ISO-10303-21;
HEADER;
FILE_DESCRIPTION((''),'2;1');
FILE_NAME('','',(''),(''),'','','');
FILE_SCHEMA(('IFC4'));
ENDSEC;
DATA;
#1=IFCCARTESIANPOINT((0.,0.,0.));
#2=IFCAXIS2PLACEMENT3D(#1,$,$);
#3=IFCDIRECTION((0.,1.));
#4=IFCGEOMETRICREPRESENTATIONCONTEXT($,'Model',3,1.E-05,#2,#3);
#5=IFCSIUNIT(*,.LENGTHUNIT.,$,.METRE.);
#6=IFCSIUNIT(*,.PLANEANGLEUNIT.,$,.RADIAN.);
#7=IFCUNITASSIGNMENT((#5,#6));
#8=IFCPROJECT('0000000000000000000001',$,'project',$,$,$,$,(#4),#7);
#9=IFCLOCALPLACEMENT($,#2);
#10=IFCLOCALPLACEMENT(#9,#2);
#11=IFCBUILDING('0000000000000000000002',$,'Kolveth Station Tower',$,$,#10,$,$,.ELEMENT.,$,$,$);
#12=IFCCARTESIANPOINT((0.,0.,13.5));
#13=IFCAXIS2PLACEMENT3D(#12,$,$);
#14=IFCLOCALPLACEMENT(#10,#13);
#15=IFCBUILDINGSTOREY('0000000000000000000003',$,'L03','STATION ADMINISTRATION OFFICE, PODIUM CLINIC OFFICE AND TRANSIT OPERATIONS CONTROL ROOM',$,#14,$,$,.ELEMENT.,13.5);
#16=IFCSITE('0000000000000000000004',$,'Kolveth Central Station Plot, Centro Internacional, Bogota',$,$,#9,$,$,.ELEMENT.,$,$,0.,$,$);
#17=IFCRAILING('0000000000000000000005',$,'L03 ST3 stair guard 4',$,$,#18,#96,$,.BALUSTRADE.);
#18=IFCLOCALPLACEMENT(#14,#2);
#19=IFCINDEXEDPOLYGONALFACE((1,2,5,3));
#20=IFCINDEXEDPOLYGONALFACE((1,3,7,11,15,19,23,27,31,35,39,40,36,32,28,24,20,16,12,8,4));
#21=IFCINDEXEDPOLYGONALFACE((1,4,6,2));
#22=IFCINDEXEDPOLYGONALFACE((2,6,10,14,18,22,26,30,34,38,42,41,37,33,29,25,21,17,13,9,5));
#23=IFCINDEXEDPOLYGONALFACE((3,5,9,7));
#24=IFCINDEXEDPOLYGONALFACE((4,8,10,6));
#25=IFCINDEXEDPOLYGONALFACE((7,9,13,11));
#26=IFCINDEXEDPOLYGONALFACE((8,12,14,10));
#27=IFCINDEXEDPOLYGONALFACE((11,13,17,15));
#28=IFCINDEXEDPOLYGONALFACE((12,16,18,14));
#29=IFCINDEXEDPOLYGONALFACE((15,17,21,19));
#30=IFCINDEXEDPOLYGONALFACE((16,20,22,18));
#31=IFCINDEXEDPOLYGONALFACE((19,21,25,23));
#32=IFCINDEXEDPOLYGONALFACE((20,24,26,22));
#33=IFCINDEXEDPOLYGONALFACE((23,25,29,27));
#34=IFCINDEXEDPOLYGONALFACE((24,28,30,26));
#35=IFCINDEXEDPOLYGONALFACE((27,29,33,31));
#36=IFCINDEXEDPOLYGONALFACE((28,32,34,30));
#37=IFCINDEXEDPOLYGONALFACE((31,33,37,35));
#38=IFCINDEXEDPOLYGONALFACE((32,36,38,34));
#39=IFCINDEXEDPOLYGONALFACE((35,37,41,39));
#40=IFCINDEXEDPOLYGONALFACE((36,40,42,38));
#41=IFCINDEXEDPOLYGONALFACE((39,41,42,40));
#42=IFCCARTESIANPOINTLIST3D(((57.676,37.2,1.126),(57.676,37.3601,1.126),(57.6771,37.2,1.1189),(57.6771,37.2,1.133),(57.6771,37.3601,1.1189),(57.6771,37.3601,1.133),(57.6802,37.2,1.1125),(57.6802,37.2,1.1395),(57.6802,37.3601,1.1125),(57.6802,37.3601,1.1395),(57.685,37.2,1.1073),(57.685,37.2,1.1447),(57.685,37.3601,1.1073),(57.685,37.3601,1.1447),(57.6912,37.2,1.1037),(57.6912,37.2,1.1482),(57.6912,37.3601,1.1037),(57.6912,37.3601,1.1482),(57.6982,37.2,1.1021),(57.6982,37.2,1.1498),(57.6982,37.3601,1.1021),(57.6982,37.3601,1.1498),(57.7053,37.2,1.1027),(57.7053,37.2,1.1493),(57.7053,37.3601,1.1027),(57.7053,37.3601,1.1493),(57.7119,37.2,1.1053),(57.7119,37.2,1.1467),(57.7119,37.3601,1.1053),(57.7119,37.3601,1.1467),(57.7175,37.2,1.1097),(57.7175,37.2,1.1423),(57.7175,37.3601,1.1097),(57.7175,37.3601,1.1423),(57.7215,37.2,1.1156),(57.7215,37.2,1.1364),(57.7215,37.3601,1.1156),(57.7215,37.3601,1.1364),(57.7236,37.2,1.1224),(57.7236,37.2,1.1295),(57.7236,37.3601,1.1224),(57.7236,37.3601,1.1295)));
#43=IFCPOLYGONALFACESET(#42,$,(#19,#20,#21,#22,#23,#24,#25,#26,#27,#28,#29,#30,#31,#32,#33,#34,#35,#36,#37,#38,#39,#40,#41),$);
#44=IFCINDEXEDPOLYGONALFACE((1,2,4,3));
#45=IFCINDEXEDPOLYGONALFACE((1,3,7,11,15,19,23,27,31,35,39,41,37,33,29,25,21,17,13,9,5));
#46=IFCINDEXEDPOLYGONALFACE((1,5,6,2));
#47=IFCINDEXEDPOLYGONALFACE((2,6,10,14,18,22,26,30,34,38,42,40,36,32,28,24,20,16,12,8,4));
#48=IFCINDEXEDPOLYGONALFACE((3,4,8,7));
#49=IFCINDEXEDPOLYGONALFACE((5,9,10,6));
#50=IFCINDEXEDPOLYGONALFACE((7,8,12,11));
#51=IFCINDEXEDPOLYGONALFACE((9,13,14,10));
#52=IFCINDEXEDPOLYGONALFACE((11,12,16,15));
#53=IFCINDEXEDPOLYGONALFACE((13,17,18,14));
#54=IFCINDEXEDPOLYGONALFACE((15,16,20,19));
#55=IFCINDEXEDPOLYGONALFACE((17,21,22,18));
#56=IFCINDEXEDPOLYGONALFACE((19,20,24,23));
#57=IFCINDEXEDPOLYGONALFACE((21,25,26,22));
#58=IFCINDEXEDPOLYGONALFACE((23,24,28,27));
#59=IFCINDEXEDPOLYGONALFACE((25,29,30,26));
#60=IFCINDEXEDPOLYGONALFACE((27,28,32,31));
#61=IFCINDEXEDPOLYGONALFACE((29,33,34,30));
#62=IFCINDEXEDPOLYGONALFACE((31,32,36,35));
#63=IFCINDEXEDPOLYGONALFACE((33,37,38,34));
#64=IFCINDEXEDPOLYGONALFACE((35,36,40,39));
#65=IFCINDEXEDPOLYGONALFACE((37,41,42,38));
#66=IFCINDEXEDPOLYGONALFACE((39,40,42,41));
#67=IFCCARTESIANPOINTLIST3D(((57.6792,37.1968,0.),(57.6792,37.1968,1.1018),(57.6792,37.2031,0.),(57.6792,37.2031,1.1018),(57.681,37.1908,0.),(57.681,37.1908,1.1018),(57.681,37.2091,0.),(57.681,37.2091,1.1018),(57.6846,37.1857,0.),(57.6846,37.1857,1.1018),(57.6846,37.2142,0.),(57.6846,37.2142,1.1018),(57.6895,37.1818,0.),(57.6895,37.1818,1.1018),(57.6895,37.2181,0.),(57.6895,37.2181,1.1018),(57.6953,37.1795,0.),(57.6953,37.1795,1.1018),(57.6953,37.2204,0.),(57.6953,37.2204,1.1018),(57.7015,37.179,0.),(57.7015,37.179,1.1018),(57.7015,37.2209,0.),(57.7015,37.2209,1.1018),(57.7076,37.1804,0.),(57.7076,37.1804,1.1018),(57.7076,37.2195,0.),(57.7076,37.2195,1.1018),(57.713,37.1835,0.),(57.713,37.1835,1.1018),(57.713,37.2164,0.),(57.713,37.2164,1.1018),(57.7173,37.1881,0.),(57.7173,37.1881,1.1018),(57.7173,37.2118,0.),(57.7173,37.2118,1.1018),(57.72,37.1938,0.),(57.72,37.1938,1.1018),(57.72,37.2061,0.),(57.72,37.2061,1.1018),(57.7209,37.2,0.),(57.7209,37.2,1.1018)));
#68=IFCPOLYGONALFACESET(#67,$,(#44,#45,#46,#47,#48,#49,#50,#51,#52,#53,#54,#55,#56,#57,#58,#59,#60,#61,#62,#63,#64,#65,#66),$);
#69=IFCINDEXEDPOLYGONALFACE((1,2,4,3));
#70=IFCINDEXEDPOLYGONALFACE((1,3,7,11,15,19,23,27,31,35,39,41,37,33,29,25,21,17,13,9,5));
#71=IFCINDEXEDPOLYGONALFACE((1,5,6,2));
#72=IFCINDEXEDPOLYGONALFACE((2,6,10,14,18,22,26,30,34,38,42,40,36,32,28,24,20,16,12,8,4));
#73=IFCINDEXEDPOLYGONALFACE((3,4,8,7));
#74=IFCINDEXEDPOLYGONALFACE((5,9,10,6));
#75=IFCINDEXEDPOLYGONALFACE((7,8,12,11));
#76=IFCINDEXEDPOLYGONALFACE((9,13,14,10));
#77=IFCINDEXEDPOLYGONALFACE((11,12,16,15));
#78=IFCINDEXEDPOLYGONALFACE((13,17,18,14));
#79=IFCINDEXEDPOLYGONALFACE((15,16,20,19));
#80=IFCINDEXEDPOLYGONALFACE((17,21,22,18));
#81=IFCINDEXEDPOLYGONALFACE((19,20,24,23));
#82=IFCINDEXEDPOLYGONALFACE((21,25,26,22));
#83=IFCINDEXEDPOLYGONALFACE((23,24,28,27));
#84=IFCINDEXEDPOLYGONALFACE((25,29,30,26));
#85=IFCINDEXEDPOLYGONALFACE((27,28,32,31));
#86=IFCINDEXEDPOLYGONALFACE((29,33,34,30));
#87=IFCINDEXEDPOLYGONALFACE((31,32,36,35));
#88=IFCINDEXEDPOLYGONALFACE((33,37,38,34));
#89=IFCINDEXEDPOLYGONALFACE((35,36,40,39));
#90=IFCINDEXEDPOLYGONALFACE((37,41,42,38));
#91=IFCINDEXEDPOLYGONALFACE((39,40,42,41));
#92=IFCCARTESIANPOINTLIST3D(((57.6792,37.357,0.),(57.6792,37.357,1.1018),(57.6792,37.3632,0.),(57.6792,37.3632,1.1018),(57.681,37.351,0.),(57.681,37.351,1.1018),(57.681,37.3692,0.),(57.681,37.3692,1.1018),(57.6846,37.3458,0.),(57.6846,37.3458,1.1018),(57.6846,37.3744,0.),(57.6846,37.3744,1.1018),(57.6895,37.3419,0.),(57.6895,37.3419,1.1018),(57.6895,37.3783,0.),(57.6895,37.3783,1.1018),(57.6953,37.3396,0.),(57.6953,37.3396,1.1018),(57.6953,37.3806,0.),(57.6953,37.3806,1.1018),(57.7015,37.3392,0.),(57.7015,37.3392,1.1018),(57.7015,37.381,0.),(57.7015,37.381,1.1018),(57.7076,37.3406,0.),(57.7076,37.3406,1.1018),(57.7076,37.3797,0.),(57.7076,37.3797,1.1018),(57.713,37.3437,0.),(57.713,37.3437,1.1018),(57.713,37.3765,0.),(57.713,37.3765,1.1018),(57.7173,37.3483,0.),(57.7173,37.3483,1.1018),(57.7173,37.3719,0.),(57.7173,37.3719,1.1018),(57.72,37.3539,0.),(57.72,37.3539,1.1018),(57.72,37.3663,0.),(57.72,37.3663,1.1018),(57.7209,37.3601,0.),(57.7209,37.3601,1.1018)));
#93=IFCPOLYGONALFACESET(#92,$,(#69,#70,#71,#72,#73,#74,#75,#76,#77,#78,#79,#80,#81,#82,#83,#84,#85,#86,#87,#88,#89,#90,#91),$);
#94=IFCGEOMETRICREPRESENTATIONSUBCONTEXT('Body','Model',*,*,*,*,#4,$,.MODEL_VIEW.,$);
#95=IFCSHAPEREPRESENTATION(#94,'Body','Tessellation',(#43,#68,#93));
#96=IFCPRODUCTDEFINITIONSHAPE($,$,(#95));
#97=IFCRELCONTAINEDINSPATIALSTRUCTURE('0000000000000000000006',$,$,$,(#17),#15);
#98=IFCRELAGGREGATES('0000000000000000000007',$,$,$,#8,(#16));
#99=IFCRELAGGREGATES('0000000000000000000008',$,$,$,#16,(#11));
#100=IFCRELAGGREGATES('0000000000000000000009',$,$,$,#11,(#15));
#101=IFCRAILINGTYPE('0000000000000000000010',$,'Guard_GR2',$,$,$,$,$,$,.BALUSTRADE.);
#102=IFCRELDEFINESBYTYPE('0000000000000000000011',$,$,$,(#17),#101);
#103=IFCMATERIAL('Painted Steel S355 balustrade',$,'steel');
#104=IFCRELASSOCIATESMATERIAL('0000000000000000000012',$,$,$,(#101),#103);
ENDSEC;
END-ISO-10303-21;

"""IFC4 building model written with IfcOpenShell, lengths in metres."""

from ifc_helpers import new_model, si_unit, direction, frame, origin, origin_2d, place, context, subcontext, project, spatial, circle, extrude, material, type_object, element, save


model = new_model("IFC4")

# Units and contexts
model_context = context("Model", 3, precision=1e-05, world=origin(), true_north=direction((0.0, 1.0)))
body_context = subcontext(model_context, "Body", "Model", "MODEL_VIEW")
ifc_project = project(units=[si_unit("LENGTHUNIT", "METRE"), si_unit("PLANEANGLEUNIT", "RADIAN")], contexts=[model_context])

# Site, building, storey
site_placement = place(None, origin())
site = spatial("IfcSite", under=ifc_project, at=site_placement, Name="Kolveth Central Station Plot, Centro Internacional, Bogota", CompositionType="ELEMENT", RefElevation=0.0)
building_placement = place(site_placement, origin())
building = spatial("IfcBuilding", under=site, at=building_placement, Name="Kolveth Station Tower", CompositionType="ELEMENT")
storey_placement = place(building_placement, frame((0.0, 0.0, 13.5)))
storey = spatial("IfcBuildingStorey", under=building, at=storey_placement, Name="L03", Description="STATION ADMINISTRATION OFFICE, PODIUM CLINIC OFFICE AND TRANSIT OPERATIONS CONTROL ROOM", CompositionType="ELEMENT", Elevation=13.5)

# Railing
ifc_material_1 = material(Name="Painted Steel S355 balustrade", Category="steel")
railing_type_1 = type_object("IfcRailingType", Name="Guard_GR2", PredefinedType="BALUSTRADE", material=ifc_material_1)
railing_1_placement = place(storey_placement, frame((57.7, 37.2, 0.0)))
element("IfcRailing", 1, at=railing_1_placement, inside=storey, type_object=railing_type_1, Name="L03 ST3 stair guard 4", PredefinedType="BALUSTRADE", context=body_context, shape_type="SweptSolid", body=[
    extrude(circle(Radius=0.0239, at=origin_2d()), frame((0.0, 0.0, 1.126), z_axis=(0.0, 1.0, 0.0), x_axis=(-1.0, 0.0, 0.0)), (0.0, 0.0, 1.0), 0.1602),
    extrude(circle(Radius=0.021, at=origin_2d()), origin(), (0.0, 0.0, 1.0), 1.1018),
    extrude(circle(Radius=0.021, at=origin_2d()), frame((0.0, 0.1602, 0.0)), (0.0, 0.0, 1.0), 1.1018),
])

save(model, "model.ifc")
